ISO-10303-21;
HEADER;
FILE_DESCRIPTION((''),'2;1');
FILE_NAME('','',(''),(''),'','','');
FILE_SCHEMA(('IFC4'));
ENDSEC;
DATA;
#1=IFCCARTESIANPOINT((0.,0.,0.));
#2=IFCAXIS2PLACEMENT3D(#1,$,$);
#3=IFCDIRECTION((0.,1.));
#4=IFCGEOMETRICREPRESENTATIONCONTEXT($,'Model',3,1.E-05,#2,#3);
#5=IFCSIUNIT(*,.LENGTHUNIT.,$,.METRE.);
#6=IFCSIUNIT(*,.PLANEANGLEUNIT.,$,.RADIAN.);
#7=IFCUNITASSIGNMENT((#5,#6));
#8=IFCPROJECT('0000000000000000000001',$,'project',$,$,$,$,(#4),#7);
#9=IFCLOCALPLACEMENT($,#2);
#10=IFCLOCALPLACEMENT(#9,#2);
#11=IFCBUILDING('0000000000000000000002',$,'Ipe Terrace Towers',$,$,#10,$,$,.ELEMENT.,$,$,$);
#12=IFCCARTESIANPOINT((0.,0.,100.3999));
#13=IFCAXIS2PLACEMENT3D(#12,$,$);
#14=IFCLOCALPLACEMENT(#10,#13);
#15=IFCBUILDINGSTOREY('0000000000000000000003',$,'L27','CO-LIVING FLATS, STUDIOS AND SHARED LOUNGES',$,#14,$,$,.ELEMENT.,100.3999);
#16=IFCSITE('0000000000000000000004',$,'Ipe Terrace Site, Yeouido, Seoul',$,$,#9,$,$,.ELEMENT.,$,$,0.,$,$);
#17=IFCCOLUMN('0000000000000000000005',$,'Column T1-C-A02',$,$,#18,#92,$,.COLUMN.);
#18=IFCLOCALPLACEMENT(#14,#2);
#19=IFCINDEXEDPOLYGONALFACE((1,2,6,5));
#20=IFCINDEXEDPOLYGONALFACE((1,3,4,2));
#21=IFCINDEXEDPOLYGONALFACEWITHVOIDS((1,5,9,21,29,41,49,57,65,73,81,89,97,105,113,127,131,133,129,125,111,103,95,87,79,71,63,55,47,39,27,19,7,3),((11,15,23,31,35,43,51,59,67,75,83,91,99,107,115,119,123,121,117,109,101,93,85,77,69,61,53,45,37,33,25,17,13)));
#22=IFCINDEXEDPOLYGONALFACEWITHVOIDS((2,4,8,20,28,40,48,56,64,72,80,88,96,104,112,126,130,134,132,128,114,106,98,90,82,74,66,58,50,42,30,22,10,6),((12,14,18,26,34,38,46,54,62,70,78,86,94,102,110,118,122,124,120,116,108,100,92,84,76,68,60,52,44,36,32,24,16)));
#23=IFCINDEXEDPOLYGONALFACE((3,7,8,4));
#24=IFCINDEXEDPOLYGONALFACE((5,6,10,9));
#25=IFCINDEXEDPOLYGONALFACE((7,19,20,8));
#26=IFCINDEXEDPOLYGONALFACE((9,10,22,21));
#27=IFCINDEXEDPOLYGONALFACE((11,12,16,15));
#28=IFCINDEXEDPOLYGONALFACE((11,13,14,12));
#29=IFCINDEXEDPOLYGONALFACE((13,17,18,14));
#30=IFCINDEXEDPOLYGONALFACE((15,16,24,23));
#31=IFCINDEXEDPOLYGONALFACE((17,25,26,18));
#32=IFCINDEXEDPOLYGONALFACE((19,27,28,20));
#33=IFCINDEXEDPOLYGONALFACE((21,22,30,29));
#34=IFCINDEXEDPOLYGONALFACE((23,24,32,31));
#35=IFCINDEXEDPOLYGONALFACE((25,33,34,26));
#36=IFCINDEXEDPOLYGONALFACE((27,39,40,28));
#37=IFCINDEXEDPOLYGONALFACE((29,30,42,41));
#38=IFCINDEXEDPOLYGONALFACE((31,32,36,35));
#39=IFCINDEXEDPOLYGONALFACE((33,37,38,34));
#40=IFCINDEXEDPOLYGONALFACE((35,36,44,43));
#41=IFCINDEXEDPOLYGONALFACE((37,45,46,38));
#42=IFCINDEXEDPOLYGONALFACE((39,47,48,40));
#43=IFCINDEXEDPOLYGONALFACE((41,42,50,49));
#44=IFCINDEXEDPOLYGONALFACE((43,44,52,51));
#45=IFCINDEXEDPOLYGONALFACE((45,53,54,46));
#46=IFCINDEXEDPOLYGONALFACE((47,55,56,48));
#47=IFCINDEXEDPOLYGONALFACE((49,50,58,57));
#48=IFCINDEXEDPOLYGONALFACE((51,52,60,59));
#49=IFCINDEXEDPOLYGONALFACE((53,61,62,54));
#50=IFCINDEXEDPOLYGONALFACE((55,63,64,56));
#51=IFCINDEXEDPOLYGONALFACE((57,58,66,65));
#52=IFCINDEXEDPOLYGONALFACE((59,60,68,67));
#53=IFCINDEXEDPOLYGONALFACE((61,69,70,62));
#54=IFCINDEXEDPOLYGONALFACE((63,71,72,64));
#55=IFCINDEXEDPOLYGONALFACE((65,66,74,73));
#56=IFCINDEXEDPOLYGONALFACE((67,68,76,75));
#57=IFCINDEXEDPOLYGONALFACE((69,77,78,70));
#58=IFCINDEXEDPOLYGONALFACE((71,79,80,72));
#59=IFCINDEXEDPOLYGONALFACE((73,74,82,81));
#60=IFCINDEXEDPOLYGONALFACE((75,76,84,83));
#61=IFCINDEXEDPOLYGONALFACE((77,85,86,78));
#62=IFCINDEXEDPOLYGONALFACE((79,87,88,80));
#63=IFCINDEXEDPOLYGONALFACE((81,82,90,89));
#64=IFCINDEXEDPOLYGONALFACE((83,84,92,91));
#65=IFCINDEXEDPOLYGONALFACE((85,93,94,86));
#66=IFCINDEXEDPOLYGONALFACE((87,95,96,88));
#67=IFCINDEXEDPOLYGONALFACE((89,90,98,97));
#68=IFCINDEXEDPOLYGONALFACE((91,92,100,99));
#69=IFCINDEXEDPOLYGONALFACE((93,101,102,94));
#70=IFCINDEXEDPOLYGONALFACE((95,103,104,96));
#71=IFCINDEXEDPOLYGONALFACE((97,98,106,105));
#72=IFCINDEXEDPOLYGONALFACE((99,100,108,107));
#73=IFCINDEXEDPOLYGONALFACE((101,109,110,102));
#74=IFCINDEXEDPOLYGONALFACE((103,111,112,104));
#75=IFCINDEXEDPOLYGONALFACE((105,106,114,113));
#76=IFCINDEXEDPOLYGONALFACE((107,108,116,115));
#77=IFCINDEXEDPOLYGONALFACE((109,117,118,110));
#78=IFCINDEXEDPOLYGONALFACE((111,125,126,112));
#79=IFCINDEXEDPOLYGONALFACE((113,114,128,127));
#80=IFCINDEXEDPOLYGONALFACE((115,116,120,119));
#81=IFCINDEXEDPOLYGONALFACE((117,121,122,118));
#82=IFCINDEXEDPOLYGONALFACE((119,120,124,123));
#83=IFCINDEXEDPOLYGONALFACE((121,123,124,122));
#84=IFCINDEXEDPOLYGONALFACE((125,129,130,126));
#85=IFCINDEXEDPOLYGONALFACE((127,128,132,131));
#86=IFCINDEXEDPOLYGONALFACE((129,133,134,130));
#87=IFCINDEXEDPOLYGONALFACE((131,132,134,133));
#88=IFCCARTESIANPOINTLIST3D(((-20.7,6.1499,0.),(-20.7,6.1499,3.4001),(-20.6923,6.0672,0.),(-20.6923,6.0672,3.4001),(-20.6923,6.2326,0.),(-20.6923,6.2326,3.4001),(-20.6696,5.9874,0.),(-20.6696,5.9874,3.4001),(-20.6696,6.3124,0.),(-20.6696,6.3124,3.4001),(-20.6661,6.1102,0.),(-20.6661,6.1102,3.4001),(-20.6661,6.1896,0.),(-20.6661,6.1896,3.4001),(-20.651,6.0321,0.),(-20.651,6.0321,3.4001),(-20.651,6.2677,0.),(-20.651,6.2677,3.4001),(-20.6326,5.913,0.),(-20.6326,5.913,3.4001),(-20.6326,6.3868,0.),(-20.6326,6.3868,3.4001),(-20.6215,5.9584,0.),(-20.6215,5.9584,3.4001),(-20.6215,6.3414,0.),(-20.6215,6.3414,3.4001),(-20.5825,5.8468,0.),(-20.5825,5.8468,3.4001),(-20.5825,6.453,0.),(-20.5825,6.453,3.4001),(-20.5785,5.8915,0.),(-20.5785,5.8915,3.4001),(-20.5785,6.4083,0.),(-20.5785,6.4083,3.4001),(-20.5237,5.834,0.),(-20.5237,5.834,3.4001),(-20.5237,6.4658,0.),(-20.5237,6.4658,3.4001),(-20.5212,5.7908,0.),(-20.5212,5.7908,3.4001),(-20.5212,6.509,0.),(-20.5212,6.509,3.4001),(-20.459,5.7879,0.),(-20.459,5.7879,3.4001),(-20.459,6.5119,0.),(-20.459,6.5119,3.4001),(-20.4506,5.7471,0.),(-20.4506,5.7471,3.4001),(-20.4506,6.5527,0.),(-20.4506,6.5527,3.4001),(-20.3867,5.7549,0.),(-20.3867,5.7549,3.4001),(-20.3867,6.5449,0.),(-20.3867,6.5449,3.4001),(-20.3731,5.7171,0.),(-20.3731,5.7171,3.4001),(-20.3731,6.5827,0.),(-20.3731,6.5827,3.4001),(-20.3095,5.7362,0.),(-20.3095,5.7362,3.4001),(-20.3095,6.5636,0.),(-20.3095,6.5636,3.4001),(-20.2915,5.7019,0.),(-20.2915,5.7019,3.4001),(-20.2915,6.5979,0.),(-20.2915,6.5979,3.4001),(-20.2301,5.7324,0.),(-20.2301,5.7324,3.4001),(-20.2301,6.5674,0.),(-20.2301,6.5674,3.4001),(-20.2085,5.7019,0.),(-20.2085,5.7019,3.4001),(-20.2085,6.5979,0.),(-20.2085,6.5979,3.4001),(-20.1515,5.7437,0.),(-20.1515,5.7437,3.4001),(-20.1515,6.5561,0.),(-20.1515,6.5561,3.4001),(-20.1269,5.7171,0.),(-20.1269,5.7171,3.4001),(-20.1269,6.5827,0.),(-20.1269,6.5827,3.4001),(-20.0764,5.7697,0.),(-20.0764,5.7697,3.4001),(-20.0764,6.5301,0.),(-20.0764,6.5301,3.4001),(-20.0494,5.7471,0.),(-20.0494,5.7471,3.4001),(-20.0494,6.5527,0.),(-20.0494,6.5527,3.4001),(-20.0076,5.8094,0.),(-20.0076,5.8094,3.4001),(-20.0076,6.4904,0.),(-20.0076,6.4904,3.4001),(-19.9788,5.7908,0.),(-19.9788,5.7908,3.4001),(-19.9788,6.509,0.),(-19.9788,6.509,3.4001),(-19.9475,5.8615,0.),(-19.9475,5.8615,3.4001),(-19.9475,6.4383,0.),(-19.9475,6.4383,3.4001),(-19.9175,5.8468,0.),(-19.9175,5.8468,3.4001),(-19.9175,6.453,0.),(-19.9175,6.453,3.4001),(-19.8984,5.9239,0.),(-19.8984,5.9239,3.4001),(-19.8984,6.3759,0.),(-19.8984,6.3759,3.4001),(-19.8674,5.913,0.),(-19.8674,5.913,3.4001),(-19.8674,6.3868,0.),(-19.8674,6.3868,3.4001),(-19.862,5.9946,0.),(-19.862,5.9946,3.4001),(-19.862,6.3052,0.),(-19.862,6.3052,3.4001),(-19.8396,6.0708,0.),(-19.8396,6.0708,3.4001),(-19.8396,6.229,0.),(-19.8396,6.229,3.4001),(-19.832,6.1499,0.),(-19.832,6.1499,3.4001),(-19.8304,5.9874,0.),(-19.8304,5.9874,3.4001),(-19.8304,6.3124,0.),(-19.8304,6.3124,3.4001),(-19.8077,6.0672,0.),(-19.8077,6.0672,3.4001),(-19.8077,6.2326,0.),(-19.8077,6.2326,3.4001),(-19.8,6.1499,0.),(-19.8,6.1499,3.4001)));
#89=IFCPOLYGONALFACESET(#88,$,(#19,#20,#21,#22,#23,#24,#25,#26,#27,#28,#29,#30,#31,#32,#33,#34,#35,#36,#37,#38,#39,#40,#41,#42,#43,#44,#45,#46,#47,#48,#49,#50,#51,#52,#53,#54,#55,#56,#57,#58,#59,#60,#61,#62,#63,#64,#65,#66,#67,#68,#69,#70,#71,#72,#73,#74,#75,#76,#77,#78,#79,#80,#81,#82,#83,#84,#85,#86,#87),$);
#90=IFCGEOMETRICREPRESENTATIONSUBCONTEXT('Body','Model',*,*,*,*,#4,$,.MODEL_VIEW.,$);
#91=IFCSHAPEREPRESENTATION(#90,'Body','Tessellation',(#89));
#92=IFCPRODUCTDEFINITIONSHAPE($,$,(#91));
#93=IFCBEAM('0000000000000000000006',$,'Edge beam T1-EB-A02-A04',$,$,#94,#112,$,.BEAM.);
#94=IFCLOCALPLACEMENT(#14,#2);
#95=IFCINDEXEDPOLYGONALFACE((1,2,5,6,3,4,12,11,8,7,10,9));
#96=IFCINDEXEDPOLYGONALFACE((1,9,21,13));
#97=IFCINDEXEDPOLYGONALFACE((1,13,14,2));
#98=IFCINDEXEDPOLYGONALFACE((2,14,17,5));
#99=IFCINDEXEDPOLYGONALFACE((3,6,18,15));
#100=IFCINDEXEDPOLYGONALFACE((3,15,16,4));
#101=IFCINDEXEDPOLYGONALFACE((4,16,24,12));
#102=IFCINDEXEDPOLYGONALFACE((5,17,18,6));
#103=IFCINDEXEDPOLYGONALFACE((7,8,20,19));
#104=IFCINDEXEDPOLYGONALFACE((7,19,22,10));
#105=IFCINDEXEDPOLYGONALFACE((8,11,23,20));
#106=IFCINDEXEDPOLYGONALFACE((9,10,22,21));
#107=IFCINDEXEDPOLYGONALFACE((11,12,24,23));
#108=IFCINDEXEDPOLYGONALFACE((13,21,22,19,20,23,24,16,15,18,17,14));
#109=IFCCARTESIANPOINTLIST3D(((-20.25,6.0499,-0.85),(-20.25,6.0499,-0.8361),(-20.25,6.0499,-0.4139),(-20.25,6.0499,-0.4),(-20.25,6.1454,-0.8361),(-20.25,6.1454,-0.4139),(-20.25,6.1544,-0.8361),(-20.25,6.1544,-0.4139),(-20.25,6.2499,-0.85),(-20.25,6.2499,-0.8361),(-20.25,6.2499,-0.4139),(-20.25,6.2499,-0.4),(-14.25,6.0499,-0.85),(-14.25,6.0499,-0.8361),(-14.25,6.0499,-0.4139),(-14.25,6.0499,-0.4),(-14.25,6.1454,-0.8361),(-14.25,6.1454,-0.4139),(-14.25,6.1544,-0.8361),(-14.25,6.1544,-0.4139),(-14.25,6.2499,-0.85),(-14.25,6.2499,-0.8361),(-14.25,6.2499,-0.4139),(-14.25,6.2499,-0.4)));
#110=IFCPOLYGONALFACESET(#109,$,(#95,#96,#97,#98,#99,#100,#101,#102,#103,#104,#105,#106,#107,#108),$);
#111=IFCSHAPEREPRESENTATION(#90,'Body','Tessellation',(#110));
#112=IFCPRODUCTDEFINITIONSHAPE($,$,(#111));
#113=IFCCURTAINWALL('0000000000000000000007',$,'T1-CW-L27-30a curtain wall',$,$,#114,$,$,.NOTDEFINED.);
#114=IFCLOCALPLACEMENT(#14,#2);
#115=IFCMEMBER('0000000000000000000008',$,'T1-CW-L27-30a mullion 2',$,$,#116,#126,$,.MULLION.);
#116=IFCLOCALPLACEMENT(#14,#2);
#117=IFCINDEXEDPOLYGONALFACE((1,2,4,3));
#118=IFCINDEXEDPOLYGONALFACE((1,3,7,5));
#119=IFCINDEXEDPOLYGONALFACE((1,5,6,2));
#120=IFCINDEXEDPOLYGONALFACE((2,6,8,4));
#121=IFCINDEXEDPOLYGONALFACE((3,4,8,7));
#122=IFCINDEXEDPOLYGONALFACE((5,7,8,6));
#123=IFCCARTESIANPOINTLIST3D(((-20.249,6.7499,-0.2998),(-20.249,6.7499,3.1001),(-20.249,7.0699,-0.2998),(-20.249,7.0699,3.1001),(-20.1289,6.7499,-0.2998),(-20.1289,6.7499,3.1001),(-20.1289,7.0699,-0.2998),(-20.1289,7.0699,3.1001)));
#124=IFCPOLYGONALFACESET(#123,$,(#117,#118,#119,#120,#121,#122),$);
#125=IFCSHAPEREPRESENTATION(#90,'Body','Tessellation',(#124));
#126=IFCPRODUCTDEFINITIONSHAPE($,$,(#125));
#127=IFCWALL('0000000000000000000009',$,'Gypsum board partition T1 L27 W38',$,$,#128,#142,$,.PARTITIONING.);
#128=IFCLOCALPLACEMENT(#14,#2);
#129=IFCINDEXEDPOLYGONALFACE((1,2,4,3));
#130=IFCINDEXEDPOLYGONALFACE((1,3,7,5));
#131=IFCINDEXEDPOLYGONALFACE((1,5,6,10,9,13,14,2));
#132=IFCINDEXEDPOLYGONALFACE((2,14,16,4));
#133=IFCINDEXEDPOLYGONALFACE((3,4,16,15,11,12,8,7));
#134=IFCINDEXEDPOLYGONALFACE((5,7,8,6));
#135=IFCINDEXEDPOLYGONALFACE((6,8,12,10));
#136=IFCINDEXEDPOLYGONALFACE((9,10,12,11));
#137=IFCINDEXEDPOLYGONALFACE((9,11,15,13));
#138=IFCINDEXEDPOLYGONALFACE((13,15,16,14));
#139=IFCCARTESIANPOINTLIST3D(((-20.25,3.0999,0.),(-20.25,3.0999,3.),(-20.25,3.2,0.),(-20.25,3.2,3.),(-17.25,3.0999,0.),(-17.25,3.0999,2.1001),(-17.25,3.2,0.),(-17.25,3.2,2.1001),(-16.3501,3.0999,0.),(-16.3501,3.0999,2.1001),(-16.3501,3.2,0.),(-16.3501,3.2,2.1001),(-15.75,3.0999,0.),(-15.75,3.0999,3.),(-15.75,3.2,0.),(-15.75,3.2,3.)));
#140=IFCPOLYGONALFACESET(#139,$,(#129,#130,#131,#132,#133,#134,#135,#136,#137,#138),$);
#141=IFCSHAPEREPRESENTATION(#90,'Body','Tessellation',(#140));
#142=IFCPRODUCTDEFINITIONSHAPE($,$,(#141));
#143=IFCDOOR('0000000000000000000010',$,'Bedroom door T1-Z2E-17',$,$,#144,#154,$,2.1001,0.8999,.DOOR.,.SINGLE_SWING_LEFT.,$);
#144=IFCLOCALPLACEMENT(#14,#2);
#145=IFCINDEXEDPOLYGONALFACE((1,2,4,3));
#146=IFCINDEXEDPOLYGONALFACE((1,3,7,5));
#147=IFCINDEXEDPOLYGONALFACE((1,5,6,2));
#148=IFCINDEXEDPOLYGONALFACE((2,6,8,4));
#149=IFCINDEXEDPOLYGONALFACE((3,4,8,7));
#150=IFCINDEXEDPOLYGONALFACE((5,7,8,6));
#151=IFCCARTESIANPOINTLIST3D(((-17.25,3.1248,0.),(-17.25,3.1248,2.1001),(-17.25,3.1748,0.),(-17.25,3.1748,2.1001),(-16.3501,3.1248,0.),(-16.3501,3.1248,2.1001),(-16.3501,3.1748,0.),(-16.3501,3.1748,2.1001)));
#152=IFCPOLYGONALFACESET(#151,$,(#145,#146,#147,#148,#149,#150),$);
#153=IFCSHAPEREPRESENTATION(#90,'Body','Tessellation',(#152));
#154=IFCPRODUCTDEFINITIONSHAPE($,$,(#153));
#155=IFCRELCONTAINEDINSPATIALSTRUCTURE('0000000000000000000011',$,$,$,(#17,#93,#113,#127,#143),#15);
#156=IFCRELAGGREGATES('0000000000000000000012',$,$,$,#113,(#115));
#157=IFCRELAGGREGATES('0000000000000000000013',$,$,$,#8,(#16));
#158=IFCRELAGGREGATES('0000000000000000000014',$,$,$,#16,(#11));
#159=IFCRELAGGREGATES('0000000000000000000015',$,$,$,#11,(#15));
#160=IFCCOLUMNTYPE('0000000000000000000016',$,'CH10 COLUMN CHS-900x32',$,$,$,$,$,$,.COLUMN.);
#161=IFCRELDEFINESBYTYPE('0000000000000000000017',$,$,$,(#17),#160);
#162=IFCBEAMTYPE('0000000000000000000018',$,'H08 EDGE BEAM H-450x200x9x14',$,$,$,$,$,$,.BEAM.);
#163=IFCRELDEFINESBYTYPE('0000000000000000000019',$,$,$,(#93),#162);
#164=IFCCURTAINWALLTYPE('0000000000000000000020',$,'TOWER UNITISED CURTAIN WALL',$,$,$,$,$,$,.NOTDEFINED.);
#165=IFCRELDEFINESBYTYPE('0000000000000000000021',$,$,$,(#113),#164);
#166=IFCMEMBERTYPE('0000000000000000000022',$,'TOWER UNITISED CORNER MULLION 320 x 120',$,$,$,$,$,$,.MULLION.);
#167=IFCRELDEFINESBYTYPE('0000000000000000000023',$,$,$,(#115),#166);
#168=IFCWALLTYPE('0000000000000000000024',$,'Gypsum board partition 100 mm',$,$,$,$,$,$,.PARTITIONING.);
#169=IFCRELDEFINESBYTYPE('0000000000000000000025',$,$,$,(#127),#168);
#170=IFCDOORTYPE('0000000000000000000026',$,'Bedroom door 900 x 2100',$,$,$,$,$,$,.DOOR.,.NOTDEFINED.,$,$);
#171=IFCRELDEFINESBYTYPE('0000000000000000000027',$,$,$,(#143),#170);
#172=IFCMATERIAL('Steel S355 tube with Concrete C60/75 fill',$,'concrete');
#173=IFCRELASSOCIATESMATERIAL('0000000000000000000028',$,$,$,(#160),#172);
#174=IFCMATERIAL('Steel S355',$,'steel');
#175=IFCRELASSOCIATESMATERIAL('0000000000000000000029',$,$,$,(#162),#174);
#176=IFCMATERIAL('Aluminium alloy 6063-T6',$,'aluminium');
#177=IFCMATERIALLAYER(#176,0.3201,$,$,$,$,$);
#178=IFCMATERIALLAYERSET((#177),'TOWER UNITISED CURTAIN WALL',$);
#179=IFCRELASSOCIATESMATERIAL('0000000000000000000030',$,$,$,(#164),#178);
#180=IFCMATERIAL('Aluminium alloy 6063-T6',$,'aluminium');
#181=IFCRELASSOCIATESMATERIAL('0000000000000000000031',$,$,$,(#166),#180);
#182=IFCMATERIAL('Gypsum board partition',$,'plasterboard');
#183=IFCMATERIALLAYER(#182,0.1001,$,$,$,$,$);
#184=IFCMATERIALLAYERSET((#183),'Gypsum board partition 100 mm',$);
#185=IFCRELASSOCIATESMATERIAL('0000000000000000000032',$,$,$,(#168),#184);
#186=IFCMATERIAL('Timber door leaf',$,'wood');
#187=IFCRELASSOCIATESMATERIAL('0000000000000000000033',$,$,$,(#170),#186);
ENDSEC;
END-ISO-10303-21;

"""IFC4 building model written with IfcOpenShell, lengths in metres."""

from ifc_helpers import new_model, si_unit, direction, frame, frame_2d, origin, origin_2d, place, context, subcontext, project, spatial, rectangle, hollow_circle, i_section, extrude, material, layer, layer_set, material_profile, profile_set, type_object, element, fill, aggregate, save


model = new_model("IFC4")

# Units and contexts
model_context = context("Model", 3, precision=1e-05, world=origin(), true_north=direction((0.0, 1.0)))
body_context = subcontext(model_context, "Body", "Model", "MODEL_VIEW")
ifc_project = project(units=[si_unit("LENGTHUNIT", "METRE"), si_unit("PLANEANGLEUNIT", "RADIAN")], contexts=[model_context])

# Site, building, storey
site_placement = place(None, origin())
site = spatial("IfcSite", under=ifc_project, at=site_placement, Name="Ipe Terrace Site, Yeouido, Seoul", CompositionType="ELEMENT", RefElevation=0.0)
building_placement = place(site_placement, origin())
building = spatial("IfcBuilding", under=site, at=building_placement, Name="Ipe Terrace Towers", CompositionType="ELEMENT")
storey_placement = place(building_placement, frame((0.0, 0.0, 100.3999)))
storey = spatial("IfcBuildingStorey", under=building, at=storey_placement, Name="L27", Description="CO-LIVING FLATS, STUDIOS AND SHARED LOUNGES", CompositionType="ELEMENT", Elevation=100.3999)

# Column
ifc_material_1 = material(Name="Steel S355 tube with Concrete C60/75 fill", Category="concrete")
ifc_material_profile_1 = material_profile(ifc_material_1, hollow_circle(Radius=0.45, WallThickness=0.032, at=origin_2d()), Name="CHS-900x32")
ifc_profile_set_1 = profile_set([ifc_material_profile_1], Name="Steel S355 tube with Concrete C60/75 fill")
column_type = type_object("IfcColumnType", Name="CH10 COLUMN CHS-900x32", PredefinedType="COLUMN", material=ifc_profile_set_1)
column_placement = place(storey_placement, frame((-20.25, 6.1499, 0.0), z_axis=(0.0, 0.0, 1.0), x_axis=(1.0, 0.0, 0.0)))
element("IfcColumn", 1, at=column_placement, inside=storey, type_object=column_type, Name="Column T1-C-A02", PredefinedType="COLUMN", context=body_context, shape_type="SweptSolid", body=[
    extrude(hollow_circle(Radius=0.45, WallThickness=0.032, at=origin_2d()), origin(), (0.0, 0.0, 1.0), 3.4001),
])

# Beam
ifc_material_2 = material(Name="Steel S355", Category="steel")
ifc_material_profile_2 = material_profile(ifc_material_2, i_section(OverallWidth=0.2, OverallDepth=0.45, WebThickness=0.009, FlangeThickness=0.0139, at=origin_2d()), Name="H-450x200x9x14")
ifc_profile_set_2 = profile_set([ifc_material_profile_2], Name="Steel S355")
beam_type = type_object("IfcBeamType", Name="H08 EDGE BEAM H-450x200x9x14", PredefinedType="BEAM", material=ifc_profile_set_2)
beam_placement = place(storey_placement, frame((-20.25, 6.1499, -0.625), z_axis=(1.0, 0.0, 0.0), x_axis=(0.0, 1.0, 0.0)))
element("IfcBeam", 2, at=beam_placement, inside=storey, type_object=beam_type, Name="Edge beam T1-EB-A02-A04", PredefinedType="BEAM", context=body_context, shape_type="SweptSolid", body=[
    extrude(i_section(OverallWidth=0.2, OverallDepth=0.45, WebThickness=0.009, FlangeThickness=0.0139, at=origin_2d()), origin(), (0.0, 0.0, 1.0), 6.0),
])

# Curtain wall, member
ifc_material_3 = material(Name="Aluminium alloy 6063-T6", Category="aluminium")
ifc_layer_1 = layer(ifc_material_3, 0.3201)
ifc_layer_set_1 = layer_set([ifc_layer_1], Name="TOWER UNITISED CURTAIN WALL")
curtain_wall_type = type_object("IfcCurtainWallType", Name="TOWER UNITISED CURTAIN WALL", PredefinedType="NOTDEFINED", material=ifc_layer_set_1)
curtain_wall_placement = place(storey_placement, origin())
curtain_wall = element("IfcCurtainWall", 3, at=curtain_wall_placement, inside=storey, type_object=curtain_wall_type, Name="T1-CW-L27-30a curtain wall", PredefinedType="NOTDEFINED")
ifc_material_4 = material(Name="Aluminium alloy 6063-T6", Category="aluminium")
ifc_material_profile_3 = material_profile(ifc_material_4, rectangle(XDim=0.3201, YDim=0.1201, at=origin_2d()), Name="TOWER UNITISED CORNER MULLION 320 x 120")
ifc_profile_set_3 = profile_set([ifc_material_profile_3], Name="Aluminium alloy 6063-T6")
member_type = type_object("IfcMemberType", Name="TOWER UNITISED CORNER MULLION 320 x 120", PredefinedType="MULLION", material=ifc_profile_set_3)
member_placement = place(storey_placement, frame((-20.189, 6.9099, -0.2998), z_axis=(0.0, 0.0, 1.0), x_axis=(0.0, 1.0, 0.0)))
member = element("IfcMember", 4, at=member_placement, type_object=member_type, Name="T1-CW-L27-30a mullion 2", PredefinedType="MULLION", context=body_context, shape_type="SweptSolid", body=[
    extrude(rectangle(XDim=0.3201, YDim=0.1201, at=origin_2d()), origin(), (0.0, 0.0, 1.0), 3.3999),
])
aggregate(curtain_wall, [member])

# Wall, opening, door
ifc_material_5 = material(Name="Gypsum board partition", Category="plasterboard")
ifc_layer_2 = layer(ifc_material_5, 0.1001)
ifc_layer_set_2 = layer_set([ifc_layer_2], Name="Gypsum board partition 100 mm")
wall_type_1 = type_object("IfcWallType", Name="Gypsum board partition 100 mm", PredefinedType="PARTITIONING", material=ifc_layer_set_2)
wall_1_placement = place(storey_placement, frame((-20.25, 3.1499, 0.0), z_axis=(0.0, 0.0, 1.0), x_axis=(1.0, 0.0, 0.0)))
wall_1 = element("IfcWall", 5, at=wall_1_placement, inside=storey, type_object=wall_type_1, Name="Gypsum board partition T1 L27 W38", PredefinedType="PARTITIONING", context=body_context, shape_type="SweptSolid", body=[
    extrude(rectangle(XDim=4.5, YDim=0.1001, at=frame_2d((2.25, 0.0))), origin(), (0.0, 0.0, 1.0), 3.0),
])
opening_1_placement = place(wall_1_placement, frame((3.0, 0.0, 0.0)))
opening_1 = element("IfcOpeningElement", 6, at=opening_1_placement, cuts=wall_1, PredefinedType="OPENING", context=body_context, shape_type="SweptSolid", body=[
    extrude(rectangle(XDim=0.8999, YDim=2.1001, at=frame_2d((0.45, 1.05))), frame((0.0, 0.0601, 0.0), z_axis=(0.0, -1.0, 0.0), x_axis=(1.0, 0.0, 0.0)), (0.0, 0.0, 1.0), 0.1201),
])
ifc_material_6 = material(Name="Timber door leaf", Category="wood")
door_type_1 = type_object("IfcDoorType", Name="Bedroom door 900 x 2100", OperationType="NOTDEFINED", PredefinedType="DOOR", material=ifc_material_6)
door_1_placement = place(opening_1_placement, origin())
door_1 = element("IfcDoor", 7, at=door_1_placement, inside=storey, type_object=door_type_1, Name="Bedroom door T1-Z2E-17", OperationType="SINGLE_SWING_LEFT", OverallHeight=2.1001, OverallWidth=0.8999, PredefinedType="DOOR", context=body_context, shape_type="SweptSolid", body=[
    extrude(rectangle(XDim=0.8999, YDim=2.1001, at=frame_2d((0.45, 1.05))), frame((0.0, 0.0249, 0.0), z_axis=(0.0, -1.0, 0.0), x_axis=(1.0, 0.0, 0.0)), (0.0, 0.0, 1.0), 0.05),
])
fill(opening_1, door_1)

save(model, "model.ifc")
